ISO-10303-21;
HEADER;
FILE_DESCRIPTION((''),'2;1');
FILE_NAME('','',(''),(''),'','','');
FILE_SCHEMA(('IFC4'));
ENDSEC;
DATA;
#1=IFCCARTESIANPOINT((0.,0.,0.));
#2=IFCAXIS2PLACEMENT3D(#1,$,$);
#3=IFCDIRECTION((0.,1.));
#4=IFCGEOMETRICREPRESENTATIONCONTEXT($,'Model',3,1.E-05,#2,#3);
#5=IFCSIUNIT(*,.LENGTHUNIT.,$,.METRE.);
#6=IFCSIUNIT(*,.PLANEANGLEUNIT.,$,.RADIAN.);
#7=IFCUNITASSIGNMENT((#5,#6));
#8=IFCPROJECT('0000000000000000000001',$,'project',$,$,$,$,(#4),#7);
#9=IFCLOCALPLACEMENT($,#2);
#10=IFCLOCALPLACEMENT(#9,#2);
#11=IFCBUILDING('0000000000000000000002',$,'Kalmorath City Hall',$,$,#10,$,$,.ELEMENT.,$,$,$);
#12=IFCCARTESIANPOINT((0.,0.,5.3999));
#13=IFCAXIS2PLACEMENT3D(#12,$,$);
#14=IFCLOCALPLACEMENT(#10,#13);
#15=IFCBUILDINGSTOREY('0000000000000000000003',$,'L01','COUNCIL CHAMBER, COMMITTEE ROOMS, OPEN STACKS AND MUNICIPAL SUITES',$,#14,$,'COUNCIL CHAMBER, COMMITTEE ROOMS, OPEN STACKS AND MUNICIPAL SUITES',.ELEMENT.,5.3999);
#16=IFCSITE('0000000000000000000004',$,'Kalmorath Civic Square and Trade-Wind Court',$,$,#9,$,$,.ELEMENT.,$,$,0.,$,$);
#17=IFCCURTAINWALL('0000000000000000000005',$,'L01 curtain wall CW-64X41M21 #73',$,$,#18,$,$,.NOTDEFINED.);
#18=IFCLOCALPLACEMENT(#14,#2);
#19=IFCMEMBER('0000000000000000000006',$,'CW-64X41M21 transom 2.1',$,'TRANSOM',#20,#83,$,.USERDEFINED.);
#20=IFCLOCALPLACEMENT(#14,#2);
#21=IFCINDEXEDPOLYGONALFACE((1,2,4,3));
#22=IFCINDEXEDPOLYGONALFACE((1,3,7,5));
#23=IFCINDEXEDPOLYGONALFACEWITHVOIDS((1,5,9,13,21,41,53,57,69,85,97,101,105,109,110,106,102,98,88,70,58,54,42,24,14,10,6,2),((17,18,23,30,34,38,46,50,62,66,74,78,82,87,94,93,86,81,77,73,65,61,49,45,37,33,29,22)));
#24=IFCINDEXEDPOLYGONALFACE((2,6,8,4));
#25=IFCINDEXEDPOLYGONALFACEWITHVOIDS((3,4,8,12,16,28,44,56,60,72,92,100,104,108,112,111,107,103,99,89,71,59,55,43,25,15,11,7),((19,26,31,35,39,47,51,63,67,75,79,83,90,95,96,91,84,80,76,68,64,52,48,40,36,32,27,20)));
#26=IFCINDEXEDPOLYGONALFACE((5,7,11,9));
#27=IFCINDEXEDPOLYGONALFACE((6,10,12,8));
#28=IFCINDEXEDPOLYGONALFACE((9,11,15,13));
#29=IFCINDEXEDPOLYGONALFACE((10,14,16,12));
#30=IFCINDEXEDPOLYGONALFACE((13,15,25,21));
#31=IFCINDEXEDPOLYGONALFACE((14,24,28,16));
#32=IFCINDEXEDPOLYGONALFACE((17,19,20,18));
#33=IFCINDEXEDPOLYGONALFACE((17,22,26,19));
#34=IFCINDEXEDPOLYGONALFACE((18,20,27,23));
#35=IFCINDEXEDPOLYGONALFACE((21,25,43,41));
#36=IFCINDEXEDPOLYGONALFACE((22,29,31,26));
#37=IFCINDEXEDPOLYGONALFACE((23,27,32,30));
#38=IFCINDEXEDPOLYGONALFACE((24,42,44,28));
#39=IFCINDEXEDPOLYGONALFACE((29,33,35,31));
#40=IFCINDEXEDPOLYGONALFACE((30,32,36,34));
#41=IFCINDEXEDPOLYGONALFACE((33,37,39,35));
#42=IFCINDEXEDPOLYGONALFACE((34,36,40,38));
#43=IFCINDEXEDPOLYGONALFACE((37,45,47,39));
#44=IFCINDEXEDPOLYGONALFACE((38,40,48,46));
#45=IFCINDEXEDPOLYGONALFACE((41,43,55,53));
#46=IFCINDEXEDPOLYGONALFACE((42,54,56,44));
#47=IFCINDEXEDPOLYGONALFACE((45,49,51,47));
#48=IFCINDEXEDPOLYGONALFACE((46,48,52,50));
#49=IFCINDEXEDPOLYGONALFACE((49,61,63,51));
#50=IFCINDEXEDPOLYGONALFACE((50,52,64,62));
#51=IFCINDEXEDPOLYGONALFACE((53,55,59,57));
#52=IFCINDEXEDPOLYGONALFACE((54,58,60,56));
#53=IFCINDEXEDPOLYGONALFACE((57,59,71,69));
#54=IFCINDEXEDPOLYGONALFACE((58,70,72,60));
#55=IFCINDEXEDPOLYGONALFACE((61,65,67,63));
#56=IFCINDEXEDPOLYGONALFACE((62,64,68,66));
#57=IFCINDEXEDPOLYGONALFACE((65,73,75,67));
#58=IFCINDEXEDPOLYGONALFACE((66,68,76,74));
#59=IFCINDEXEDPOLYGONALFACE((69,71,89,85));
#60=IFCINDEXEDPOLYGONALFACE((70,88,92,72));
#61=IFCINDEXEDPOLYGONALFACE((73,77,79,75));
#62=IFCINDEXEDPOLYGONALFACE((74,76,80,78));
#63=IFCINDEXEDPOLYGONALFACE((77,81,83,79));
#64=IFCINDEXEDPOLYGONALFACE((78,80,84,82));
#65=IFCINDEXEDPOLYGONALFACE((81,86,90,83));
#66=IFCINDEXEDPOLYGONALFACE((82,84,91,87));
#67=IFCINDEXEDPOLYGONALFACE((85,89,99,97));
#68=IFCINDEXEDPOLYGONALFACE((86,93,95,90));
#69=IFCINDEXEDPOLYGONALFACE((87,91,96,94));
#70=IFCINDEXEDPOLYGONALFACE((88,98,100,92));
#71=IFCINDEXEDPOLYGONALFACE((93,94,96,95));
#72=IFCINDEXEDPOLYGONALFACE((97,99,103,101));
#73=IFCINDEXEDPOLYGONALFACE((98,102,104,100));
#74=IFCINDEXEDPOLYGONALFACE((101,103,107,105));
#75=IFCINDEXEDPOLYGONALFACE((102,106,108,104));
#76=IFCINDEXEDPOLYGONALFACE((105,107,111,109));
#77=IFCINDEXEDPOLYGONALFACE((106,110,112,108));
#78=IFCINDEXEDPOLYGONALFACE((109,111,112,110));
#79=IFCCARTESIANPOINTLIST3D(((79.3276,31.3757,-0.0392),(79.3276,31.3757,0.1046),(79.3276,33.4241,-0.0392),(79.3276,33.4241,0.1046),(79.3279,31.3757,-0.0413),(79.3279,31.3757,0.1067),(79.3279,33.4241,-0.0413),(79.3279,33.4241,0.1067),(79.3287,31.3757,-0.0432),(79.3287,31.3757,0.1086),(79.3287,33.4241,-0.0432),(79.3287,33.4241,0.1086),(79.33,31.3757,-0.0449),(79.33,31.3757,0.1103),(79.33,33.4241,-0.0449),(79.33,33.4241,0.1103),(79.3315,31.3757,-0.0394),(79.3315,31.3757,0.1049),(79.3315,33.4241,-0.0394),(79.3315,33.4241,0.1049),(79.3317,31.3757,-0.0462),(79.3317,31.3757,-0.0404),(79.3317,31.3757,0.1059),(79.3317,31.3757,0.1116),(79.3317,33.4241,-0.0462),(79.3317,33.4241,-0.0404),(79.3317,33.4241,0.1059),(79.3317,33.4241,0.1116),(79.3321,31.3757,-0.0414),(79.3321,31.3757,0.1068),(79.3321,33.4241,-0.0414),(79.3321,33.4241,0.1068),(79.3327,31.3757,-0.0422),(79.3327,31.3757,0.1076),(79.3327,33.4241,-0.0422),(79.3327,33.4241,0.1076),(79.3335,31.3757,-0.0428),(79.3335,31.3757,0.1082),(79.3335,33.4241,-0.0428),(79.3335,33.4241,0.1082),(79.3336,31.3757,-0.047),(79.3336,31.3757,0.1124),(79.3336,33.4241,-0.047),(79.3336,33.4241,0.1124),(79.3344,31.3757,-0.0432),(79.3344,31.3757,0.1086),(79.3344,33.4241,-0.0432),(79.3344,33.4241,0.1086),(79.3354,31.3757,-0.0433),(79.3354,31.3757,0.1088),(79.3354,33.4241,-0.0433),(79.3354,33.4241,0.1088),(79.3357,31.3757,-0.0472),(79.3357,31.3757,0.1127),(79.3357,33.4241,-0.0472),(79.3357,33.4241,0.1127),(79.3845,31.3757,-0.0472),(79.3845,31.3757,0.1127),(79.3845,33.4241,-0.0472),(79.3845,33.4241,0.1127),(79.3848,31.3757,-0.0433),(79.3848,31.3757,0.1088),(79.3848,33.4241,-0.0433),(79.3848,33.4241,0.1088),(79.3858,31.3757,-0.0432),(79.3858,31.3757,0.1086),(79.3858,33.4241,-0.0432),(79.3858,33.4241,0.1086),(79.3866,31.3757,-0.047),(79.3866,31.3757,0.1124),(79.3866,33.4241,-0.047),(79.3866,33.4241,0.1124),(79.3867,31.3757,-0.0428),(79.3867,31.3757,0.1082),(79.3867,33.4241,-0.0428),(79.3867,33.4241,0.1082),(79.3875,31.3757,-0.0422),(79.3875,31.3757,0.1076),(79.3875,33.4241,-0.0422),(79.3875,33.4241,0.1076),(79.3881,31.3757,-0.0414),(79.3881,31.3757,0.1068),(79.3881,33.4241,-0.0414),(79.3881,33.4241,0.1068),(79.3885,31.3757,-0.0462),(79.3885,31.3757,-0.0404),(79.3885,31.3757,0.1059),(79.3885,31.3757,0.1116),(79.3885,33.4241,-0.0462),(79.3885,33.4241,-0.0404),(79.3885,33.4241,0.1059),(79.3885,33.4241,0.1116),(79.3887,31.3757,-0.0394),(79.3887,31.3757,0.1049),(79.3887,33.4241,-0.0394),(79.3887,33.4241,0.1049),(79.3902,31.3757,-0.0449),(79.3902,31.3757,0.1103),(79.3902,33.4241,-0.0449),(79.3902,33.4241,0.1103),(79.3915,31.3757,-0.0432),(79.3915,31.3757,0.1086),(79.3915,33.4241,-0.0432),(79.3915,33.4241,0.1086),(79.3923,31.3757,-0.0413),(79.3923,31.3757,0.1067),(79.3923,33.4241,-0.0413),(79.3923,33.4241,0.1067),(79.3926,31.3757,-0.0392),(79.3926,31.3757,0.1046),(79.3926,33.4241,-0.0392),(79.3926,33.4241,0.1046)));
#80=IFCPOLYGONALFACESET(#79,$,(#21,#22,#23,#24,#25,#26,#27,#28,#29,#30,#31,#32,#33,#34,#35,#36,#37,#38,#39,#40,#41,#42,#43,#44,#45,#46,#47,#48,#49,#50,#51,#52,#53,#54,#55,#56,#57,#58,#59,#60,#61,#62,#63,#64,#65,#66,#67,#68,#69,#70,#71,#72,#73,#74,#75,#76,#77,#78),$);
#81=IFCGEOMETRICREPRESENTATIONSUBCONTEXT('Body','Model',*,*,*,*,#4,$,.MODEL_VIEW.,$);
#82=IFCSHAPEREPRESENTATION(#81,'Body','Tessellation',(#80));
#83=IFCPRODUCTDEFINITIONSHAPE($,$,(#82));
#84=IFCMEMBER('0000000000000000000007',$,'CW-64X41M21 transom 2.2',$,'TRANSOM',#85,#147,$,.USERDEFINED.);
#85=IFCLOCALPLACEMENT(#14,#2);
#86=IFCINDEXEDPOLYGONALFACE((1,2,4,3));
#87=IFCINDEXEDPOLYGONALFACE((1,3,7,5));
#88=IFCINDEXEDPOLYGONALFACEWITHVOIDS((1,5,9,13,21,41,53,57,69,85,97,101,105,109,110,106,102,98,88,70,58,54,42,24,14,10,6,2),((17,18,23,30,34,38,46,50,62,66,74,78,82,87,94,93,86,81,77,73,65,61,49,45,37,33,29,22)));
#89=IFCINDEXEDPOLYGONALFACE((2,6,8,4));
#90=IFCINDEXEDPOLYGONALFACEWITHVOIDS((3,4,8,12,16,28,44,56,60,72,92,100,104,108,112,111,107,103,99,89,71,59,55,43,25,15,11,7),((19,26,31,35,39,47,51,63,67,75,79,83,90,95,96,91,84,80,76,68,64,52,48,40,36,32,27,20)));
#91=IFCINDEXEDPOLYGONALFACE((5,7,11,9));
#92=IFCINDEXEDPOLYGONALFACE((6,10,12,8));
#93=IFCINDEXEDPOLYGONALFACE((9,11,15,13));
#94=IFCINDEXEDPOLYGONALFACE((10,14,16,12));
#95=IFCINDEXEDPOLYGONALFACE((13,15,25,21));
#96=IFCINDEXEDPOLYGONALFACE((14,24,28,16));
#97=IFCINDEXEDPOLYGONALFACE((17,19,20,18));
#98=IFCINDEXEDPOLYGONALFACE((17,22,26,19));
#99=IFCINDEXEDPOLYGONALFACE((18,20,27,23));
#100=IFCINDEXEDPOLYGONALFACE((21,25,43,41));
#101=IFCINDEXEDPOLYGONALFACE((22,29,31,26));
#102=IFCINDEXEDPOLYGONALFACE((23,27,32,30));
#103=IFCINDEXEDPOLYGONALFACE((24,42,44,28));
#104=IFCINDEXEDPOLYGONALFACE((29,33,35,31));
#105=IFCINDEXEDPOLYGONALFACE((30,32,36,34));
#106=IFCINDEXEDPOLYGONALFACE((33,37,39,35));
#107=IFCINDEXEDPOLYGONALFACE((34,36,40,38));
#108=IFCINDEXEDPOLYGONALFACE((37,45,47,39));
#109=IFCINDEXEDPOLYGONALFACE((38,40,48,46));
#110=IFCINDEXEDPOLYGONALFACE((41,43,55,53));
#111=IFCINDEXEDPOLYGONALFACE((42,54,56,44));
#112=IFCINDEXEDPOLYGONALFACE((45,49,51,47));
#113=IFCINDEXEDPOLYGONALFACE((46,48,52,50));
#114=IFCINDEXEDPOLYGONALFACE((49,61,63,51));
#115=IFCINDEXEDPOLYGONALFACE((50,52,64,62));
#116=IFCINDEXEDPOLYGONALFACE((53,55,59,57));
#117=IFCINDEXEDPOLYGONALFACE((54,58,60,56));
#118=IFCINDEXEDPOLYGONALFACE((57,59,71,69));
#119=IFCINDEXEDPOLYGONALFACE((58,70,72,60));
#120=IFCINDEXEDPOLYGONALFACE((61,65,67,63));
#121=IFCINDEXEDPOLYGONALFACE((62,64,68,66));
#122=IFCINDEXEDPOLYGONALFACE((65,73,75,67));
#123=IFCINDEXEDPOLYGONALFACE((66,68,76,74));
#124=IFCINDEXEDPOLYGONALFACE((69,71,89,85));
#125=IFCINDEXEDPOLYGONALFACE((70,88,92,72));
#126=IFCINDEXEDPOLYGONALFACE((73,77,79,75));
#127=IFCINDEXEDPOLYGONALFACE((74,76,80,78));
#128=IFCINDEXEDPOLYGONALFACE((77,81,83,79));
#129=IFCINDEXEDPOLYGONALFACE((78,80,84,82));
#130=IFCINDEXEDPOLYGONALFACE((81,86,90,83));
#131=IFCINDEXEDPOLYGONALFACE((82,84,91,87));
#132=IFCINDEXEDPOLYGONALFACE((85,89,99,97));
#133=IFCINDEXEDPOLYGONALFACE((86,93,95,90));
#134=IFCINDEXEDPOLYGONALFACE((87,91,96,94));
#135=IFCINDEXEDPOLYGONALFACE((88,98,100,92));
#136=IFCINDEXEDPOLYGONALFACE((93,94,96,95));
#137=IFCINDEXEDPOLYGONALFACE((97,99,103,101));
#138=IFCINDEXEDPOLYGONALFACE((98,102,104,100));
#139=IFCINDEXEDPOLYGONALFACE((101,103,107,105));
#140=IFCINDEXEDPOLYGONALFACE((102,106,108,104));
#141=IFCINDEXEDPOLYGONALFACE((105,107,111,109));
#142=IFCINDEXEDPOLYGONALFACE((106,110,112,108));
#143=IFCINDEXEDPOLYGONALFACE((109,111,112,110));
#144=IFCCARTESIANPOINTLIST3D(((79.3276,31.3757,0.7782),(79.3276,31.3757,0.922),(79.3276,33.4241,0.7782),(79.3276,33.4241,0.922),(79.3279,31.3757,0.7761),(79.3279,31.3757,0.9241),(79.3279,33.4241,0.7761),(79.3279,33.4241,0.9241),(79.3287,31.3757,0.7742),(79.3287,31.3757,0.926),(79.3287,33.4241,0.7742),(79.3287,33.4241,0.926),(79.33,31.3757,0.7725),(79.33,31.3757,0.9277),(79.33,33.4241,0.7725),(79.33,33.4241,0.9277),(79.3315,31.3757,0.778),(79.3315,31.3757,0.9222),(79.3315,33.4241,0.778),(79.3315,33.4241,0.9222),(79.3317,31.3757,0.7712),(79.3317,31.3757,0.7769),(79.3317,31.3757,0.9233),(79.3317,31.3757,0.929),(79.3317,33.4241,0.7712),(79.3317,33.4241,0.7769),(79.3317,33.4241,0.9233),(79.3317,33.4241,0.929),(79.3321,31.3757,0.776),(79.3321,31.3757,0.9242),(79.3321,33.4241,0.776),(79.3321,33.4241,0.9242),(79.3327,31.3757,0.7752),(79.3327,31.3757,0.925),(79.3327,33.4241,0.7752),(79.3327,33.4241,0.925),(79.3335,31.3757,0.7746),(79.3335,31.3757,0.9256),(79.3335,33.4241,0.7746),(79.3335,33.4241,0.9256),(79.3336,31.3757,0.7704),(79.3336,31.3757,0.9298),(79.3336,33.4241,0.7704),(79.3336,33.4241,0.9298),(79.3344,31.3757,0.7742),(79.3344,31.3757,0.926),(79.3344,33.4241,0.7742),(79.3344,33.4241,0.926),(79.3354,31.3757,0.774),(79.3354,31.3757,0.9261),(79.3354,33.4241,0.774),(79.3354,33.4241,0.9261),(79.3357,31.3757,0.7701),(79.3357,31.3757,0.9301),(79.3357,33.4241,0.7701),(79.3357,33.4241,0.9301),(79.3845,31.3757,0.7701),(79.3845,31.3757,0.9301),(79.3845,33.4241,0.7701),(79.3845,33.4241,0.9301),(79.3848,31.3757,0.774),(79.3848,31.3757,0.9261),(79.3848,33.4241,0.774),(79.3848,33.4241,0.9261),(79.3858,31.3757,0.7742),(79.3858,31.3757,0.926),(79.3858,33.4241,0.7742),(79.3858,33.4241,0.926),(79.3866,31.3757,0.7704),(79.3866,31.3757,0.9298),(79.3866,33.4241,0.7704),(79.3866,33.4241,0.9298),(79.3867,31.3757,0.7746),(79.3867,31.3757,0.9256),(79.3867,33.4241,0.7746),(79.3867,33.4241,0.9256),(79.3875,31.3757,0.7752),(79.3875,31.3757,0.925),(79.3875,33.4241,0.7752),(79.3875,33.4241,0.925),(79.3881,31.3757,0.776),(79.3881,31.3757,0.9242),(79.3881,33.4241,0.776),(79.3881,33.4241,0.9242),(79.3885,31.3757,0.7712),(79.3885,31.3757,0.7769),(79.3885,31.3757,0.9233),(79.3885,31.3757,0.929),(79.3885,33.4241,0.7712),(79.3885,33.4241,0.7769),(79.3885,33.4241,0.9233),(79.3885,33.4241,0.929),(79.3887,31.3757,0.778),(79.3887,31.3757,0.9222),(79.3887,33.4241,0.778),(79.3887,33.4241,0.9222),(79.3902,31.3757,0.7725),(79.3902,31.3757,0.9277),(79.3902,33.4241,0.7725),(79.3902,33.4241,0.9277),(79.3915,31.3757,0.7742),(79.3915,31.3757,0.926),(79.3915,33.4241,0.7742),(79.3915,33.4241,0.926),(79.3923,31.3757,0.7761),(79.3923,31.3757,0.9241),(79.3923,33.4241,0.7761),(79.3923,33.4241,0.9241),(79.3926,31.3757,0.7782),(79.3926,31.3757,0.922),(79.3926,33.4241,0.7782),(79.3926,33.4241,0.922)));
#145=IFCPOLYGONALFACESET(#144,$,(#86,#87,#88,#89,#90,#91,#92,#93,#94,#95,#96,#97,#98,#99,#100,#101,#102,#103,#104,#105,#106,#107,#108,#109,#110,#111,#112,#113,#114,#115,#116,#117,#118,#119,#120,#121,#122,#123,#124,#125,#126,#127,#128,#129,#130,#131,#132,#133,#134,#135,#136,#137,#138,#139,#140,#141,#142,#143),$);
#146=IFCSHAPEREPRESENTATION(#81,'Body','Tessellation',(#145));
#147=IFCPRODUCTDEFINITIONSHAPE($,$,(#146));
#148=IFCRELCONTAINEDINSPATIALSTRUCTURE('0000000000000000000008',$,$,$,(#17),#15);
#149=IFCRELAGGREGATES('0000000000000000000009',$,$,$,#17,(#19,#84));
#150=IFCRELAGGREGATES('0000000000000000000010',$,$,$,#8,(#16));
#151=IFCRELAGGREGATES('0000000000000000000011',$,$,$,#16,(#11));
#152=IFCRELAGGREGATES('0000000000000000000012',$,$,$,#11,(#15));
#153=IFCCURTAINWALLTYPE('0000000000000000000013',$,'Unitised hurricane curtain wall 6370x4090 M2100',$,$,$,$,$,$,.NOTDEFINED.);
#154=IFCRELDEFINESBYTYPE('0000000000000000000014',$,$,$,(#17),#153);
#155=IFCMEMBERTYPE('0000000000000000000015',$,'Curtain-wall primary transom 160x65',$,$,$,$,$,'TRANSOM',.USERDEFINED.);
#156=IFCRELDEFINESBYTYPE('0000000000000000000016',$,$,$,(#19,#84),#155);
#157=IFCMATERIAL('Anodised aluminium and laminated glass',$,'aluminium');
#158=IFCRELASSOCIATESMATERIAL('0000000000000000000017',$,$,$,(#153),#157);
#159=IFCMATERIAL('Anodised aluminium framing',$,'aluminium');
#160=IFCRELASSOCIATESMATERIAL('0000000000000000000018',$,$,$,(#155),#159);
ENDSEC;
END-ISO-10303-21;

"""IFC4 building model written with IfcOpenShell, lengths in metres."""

from ifc_helpers import new_model, si_unit, direction, frame, origin, origin_2d, place, context, subcontext, project, spatial, hollow_rectangle, extrude, material, material_profile, profile_set, type_object, element, aggregate, save


model = new_model("IFC4")

# Units and contexts
model_context = context("Model", 3, precision=1e-05, world=origin(), true_north=direction((0.0, 1.0)))
body_context = subcontext(model_context, "Body", "Model", "MODEL_VIEW")
ifc_project = project(units=[si_unit("LENGTHUNIT", "METRE"), si_unit("PLANEANGLEUNIT", "RADIAN")], contexts=[model_context])

# Site, building, storey
site_placement = place(None, origin())
site = spatial("IfcSite", under=ifc_project, at=site_placement, Name="Kalmorath Civic Square and Trade-Wind Court", CompositionType="ELEMENT", RefElevation=0.0)
building_placement = place(site_placement, origin())
building = spatial("IfcBuilding", under=site, at=building_placement, Name="Kalmorath City Hall", CompositionType="ELEMENT")
storey_placement = place(building_placement, frame((0.0, 0.0, 5.3999)))
storey = spatial("IfcBuildingStorey", under=building, at=storey_placement, Name="L01", Description="COUNCIL CHAMBER, COMMITTEE ROOMS, OPEN STACKS AND MUNICIPAL SUITES", LongName="COUNCIL CHAMBER, COMMITTEE ROOMS, OPEN STACKS AND MUNICIPAL SUITES", CompositionType="ELEMENT", Elevation=5.3999)

# Curtain wall
ifc_material_1 = material(Name="Anodised aluminium and laminated glass", Category="aluminium")
curtain_wall_type_1 = type_object("IfcCurtainWallType", Name="Unitised hurricane curtain wall 6370x4090 M2100", PredefinedType="NOTDEFINED", material=ifc_material_1)
curtain_wall_1_placement = place(storey_placement, origin())
curtain_wall_1 = element("IfcCurtainWall", 1, at=curtain_wall_1_placement, inside=storey, type_object=curtain_wall_type_1, Name="L01 curtain wall CW-64X41M21 #73", PredefinedType="NOTDEFINED")

# Members
ifc_material_2 = material(Name="Anodised aluminium framing", Category="aluminium")
ifc_material_profile_1 = material_profile(ifc_material_2, hollow_rectangle(XDim=0.0649, YDim=0.1599, WallThickness=0.0039, InnerFilletRadius=0.0039, OuterFilletRadius=0.0081, at=origin_2d()), Name="ALU-TRN-160X65X4")
ifc_profile_set_1 = profile_set([ifc_material_profile_1], Name="Anodised aluminium framing")
member_type_1 = type_object("IfcMemberType", Name="Curtain-wall primary transom 160x65", ElementType="TRANSOM", PredefinedType="USERDEFINED", material=ifc_profile_set_1)
member_1_placement = place(storey_placement, frame((79.3601, 31.3757, 0.0327), z_axis=(0.0, 1.0, 0.0), x_axis=(-1.0, 0.0, 0.0)))
member_1 = element("IfcMember", 2, at=member_1_placement, type_object=member_type_1, Name="CW-64X41M21 transom 2.1", ObjectType="TRANSOM", PredefinedType="USERDEFINED", context=body_context, shape_type="SweptSolid", body=[
    extrude(hollow_rectangle(XDim=0.0649, YDim=0.1599, WallThickness=0.0039, InnerFilletRadius=0.0039, OuterFilletRadius=0.0081, at=origin_2d()), origin(), (0.0, 0.0, 1.0), 2.0483),
])
member_2_placement = place(storey_placement, frame((79.3601, 31.3757, 0.8501), z_axis=(0.0, 1.0, 0.0), x_axis=(-1.0, 0.0, 0.0)))
member_2 = element("IfcMember", 3, at=member_2_placement, type_object=member_type_1, Name="CW-64X41M21 transom 2.2", ObjectType="TRANSOM", PredefinedType="USERDEFINED", context=body_context, shape_type="SweptSolid", body=[
    extrude(hollow_rectangle(XDim=0.0649, YDim=0.1599, WallThickness=0.0039, InnerFilletRadius=0.0039, OuterFilletRadius=0.0081, at=origin_2d()), origin(), (0.0, 0.0, 1.0), 2.0483),
])

aggregate(curtain_wall_1, [member_1, member_2])

save(model, "model.ifc")
